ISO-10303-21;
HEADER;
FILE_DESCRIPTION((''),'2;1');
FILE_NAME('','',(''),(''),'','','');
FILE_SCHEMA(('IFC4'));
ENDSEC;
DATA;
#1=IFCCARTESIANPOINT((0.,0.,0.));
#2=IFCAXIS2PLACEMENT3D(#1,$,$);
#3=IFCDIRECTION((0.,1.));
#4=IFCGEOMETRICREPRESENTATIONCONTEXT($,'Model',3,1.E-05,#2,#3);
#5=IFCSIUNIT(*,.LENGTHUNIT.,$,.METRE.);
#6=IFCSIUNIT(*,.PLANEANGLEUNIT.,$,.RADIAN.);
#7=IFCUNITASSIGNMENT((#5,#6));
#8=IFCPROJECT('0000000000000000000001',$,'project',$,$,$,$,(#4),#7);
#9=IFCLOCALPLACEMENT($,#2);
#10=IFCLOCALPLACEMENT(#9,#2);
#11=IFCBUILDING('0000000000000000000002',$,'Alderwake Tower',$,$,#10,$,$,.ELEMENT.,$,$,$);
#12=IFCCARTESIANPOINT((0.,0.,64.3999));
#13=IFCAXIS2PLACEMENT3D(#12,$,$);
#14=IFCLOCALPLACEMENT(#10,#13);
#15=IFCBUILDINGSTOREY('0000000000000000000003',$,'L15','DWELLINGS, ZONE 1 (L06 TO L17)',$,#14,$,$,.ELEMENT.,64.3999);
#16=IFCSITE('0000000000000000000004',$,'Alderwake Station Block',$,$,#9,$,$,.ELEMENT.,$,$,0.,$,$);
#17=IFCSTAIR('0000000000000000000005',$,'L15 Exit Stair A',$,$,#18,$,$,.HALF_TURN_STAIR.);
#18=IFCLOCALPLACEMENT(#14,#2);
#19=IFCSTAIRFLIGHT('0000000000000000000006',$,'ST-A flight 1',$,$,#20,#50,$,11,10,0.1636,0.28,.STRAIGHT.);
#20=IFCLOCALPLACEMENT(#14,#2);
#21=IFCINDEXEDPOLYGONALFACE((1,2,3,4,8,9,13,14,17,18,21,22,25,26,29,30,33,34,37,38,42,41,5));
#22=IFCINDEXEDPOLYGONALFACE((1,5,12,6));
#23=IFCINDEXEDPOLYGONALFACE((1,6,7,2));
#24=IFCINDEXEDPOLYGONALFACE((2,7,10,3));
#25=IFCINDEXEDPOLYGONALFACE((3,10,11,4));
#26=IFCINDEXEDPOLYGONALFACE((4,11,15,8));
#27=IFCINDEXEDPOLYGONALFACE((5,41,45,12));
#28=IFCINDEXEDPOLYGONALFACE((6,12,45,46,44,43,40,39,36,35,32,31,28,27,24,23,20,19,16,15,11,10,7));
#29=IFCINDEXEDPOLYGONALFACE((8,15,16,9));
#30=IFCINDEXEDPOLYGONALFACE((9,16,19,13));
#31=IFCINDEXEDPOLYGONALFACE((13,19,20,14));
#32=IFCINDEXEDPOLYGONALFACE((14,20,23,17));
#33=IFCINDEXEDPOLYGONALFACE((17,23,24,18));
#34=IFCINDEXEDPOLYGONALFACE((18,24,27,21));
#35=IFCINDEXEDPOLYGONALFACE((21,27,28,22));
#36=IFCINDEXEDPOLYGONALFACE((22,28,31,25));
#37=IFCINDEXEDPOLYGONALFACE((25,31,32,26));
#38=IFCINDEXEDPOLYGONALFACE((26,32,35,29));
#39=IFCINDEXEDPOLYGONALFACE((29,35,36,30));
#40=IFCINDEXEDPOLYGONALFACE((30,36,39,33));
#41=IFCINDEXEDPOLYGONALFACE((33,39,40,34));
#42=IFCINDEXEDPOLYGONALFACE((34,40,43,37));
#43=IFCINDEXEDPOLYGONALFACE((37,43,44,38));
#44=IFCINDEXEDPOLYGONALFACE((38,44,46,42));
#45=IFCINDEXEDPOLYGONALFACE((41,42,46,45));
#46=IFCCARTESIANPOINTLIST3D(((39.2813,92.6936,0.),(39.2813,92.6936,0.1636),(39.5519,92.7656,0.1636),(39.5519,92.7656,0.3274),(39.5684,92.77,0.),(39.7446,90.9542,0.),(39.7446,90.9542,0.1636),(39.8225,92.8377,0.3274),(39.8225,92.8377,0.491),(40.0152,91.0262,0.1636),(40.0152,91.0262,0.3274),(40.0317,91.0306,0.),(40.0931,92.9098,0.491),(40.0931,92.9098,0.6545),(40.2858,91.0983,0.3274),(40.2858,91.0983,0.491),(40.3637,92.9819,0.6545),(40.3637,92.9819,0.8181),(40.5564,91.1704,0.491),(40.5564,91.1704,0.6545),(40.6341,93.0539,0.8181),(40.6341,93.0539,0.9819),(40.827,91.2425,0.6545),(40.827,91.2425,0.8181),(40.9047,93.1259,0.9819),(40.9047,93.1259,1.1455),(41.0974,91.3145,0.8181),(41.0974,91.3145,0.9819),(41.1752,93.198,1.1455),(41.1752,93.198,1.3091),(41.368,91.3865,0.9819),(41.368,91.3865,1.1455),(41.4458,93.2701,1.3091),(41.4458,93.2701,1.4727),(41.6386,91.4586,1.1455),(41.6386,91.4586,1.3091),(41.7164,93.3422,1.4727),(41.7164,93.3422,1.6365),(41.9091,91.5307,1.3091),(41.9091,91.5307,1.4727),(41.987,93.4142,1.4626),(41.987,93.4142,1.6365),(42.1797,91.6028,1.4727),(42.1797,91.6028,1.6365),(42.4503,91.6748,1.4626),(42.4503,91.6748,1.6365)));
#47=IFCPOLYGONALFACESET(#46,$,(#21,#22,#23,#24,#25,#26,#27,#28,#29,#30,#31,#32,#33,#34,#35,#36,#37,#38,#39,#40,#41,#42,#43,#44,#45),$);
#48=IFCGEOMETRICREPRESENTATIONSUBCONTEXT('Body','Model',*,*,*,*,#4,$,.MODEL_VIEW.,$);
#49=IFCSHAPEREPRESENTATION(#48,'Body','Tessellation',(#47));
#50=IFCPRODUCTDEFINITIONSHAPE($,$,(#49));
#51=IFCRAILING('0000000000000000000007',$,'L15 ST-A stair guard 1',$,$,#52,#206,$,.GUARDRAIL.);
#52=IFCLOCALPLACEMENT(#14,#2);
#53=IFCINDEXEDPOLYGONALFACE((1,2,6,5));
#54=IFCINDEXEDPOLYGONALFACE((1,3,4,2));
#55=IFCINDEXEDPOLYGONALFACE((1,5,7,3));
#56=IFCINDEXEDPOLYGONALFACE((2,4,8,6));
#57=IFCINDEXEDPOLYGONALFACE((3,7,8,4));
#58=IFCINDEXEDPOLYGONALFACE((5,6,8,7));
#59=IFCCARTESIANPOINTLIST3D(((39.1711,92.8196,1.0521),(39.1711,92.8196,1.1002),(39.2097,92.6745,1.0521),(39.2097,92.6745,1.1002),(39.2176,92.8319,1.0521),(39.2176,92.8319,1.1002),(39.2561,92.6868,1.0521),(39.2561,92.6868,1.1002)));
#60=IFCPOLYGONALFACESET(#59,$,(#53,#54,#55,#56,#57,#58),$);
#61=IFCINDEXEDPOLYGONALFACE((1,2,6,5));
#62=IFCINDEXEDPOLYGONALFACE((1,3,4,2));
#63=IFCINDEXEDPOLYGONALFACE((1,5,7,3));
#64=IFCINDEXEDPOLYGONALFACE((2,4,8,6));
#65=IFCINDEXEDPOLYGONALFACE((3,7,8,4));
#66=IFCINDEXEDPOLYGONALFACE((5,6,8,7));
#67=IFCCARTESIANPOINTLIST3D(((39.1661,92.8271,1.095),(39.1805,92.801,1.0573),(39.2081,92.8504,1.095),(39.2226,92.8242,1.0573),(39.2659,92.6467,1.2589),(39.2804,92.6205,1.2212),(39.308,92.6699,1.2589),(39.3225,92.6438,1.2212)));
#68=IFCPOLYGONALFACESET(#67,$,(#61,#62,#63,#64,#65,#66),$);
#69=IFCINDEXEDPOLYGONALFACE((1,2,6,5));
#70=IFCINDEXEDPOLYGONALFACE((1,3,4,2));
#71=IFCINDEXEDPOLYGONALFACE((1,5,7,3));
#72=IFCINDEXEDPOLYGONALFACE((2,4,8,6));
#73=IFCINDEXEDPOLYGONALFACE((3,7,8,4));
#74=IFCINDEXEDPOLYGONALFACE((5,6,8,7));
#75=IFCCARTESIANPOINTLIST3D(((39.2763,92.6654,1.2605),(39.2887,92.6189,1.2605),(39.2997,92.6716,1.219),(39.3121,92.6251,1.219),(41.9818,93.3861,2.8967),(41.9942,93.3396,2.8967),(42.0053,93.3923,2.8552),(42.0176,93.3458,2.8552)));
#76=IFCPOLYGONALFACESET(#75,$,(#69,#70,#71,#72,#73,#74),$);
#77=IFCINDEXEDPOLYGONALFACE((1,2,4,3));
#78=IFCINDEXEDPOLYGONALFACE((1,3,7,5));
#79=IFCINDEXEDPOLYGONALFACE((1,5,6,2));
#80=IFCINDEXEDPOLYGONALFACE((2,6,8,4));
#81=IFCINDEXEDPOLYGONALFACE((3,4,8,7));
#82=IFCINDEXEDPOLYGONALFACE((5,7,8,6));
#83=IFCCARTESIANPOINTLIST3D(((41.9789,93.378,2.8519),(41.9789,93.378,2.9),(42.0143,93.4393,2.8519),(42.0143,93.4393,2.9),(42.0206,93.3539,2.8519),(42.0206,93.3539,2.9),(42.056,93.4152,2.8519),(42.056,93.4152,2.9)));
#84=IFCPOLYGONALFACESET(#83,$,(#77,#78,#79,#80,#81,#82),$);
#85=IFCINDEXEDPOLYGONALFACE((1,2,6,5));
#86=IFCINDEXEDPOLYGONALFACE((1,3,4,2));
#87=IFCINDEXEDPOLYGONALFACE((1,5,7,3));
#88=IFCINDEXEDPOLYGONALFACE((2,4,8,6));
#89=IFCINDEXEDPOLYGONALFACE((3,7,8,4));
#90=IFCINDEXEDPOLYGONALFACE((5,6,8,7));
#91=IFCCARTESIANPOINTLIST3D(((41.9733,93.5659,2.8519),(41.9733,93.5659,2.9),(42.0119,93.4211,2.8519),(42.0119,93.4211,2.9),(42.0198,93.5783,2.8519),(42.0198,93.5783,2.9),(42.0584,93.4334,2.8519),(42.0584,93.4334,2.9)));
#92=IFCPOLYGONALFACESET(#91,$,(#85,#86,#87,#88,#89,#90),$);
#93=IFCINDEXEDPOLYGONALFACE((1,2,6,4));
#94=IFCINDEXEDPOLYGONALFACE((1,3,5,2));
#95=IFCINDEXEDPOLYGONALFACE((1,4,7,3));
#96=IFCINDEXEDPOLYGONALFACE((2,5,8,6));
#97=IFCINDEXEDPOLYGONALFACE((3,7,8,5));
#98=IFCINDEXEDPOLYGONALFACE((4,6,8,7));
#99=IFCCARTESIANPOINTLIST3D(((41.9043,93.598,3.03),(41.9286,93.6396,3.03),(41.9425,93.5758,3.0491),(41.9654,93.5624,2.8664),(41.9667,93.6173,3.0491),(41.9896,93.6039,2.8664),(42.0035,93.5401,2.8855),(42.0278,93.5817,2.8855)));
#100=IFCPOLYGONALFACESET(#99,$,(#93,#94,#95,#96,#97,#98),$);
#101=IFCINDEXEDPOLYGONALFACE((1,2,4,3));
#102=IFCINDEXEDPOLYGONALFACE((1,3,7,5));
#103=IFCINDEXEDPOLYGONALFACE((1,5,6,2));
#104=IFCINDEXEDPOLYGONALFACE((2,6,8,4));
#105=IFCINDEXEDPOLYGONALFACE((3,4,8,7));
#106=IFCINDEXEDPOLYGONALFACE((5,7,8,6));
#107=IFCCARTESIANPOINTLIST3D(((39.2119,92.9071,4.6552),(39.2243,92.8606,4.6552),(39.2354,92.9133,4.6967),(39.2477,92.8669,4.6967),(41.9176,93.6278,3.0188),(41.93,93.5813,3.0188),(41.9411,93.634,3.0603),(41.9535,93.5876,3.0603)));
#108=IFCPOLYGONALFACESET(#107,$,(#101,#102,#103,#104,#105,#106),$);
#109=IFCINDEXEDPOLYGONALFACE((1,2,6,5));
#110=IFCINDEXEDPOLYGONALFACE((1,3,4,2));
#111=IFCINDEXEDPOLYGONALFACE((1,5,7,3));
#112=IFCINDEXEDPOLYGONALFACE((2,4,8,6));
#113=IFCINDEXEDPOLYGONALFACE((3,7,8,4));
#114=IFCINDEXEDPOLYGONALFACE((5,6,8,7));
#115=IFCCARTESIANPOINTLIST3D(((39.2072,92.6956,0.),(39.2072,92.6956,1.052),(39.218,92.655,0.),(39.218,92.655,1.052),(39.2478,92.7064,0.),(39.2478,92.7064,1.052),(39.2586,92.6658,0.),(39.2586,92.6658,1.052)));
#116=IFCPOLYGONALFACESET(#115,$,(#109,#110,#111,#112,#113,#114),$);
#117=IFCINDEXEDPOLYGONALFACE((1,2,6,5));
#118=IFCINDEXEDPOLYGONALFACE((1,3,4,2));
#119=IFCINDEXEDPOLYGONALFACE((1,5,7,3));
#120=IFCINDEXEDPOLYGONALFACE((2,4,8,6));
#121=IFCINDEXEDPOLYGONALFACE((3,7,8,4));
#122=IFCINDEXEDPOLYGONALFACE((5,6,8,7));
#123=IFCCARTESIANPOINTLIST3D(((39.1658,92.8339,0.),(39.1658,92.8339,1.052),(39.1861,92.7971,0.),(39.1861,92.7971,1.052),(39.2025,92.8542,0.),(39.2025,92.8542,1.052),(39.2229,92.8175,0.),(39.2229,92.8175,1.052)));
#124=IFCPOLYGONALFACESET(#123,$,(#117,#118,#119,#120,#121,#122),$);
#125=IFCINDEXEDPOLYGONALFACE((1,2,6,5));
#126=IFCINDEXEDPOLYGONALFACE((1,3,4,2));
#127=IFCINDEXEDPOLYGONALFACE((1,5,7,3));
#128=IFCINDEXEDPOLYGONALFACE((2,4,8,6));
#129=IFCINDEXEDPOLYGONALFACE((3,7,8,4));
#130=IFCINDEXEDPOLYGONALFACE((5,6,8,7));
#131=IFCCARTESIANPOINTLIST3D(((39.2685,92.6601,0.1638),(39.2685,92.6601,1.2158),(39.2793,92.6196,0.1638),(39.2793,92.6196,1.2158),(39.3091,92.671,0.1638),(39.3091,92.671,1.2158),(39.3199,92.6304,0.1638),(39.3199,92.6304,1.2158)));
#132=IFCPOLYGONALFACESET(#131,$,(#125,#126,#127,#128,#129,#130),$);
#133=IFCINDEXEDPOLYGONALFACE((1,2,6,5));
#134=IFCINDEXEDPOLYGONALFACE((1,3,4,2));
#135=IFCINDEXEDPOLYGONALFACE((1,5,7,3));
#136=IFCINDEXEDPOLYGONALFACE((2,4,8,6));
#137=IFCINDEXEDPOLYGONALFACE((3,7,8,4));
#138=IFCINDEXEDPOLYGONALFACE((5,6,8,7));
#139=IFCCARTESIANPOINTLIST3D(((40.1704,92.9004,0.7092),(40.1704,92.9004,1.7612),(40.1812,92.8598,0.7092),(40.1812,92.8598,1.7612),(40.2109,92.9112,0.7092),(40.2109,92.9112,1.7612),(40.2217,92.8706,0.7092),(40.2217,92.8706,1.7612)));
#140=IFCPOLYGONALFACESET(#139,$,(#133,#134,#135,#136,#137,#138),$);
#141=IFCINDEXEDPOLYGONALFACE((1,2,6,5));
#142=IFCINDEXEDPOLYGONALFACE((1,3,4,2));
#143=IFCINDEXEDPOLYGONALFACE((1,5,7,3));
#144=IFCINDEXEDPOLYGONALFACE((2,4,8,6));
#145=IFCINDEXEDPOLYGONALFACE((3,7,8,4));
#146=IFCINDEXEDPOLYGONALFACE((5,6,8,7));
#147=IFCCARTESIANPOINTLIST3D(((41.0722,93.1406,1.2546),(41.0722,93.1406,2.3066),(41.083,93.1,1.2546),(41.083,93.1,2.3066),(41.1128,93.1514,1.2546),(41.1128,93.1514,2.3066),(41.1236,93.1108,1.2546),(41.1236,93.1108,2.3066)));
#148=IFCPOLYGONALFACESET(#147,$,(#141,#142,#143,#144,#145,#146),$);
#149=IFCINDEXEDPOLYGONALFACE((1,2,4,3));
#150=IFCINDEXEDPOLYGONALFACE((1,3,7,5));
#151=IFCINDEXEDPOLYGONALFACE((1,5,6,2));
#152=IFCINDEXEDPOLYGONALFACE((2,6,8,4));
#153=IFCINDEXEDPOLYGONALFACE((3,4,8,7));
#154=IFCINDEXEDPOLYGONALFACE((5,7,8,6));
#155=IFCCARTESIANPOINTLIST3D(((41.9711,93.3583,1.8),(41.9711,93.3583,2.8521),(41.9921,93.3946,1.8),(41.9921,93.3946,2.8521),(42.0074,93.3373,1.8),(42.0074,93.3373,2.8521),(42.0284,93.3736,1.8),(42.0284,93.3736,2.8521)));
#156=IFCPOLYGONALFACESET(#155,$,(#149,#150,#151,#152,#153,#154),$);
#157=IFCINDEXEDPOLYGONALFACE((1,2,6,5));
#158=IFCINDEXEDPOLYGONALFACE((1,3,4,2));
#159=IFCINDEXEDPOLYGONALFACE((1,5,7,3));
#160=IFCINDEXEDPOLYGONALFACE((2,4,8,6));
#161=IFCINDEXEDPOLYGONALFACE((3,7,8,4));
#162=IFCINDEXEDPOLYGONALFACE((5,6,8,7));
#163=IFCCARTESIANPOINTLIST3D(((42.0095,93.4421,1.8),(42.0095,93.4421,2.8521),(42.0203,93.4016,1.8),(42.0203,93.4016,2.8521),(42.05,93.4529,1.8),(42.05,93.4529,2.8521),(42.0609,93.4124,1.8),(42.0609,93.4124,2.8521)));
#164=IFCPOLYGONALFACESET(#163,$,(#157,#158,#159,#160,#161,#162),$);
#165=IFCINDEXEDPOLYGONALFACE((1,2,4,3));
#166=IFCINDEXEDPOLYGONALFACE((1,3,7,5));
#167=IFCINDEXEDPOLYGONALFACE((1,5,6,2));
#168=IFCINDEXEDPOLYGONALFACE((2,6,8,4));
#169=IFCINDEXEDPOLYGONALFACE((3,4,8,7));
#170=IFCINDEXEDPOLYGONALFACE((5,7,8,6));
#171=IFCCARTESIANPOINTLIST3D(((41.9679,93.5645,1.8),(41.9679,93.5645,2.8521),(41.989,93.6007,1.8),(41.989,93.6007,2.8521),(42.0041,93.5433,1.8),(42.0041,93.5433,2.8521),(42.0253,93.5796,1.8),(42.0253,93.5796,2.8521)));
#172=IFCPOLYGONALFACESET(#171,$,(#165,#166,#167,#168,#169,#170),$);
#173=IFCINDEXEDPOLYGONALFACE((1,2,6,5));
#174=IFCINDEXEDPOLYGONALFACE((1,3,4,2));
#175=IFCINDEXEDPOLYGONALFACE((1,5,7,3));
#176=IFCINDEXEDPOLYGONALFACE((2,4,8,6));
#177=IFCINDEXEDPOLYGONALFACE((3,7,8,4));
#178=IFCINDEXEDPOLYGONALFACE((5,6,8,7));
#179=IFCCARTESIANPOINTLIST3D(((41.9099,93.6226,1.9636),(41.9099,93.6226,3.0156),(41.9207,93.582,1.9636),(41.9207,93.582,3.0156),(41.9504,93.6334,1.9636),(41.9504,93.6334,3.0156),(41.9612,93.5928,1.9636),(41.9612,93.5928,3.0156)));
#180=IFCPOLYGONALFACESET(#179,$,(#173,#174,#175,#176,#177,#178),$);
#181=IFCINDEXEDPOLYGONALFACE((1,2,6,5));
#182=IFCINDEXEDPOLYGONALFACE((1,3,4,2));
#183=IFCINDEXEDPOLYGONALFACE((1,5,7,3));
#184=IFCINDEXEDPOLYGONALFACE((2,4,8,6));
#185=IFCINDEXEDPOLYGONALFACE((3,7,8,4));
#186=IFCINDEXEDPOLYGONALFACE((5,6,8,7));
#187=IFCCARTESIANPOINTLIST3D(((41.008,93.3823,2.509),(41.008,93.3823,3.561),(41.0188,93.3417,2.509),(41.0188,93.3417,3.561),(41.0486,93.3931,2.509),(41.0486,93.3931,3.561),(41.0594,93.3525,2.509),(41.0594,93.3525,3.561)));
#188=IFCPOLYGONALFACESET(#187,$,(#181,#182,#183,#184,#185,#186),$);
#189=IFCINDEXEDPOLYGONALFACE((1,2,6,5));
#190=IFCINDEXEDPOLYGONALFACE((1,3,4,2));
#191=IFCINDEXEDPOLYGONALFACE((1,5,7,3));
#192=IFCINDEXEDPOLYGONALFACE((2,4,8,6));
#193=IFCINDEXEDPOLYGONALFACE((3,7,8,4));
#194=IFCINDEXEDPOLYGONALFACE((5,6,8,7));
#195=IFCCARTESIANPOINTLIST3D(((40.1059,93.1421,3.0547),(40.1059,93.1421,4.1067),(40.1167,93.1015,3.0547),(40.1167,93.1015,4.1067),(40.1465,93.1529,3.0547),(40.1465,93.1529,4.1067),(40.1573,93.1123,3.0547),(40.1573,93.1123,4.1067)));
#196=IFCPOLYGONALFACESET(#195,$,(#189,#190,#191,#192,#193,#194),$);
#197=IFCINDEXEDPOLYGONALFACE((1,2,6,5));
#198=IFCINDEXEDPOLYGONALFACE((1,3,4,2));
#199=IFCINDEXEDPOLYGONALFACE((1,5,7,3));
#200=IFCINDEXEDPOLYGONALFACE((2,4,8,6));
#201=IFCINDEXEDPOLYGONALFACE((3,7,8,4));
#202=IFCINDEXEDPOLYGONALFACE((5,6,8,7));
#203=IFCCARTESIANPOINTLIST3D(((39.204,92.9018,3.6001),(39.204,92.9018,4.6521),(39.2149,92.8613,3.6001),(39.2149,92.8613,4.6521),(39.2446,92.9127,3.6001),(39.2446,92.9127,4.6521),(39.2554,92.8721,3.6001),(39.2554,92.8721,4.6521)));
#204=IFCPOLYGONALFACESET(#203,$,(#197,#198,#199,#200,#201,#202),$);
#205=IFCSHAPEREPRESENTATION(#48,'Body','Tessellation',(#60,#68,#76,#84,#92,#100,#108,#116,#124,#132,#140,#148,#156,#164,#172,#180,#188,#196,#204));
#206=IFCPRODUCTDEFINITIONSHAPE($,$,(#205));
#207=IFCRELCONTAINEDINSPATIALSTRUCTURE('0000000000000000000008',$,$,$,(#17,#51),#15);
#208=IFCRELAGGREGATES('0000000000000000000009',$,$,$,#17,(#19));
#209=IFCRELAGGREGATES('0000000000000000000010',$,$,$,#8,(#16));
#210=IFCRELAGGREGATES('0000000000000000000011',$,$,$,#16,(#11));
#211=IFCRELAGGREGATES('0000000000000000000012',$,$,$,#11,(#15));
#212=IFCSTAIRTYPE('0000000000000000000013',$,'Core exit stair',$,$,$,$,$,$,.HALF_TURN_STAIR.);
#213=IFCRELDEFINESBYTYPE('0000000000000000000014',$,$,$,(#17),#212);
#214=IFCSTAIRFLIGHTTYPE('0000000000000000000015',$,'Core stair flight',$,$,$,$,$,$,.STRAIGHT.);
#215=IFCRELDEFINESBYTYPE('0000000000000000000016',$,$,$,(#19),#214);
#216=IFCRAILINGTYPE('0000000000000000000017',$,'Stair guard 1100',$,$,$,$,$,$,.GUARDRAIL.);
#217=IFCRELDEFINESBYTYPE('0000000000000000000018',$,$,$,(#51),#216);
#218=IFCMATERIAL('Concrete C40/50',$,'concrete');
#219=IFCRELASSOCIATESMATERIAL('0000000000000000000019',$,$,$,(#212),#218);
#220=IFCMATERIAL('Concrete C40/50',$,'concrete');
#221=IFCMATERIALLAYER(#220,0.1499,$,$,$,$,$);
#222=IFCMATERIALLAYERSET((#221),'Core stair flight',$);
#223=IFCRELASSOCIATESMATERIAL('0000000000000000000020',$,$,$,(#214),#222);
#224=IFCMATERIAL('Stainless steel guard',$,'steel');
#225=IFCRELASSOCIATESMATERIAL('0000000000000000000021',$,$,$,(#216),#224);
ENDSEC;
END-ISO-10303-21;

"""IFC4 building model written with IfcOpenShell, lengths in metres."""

from ifc_helpers import new_model, si_unit, direction, frame, origin, origin_2d, place, context, subcontext, project, spatial, polyline, rectangle, outline, extrude, material, layer, layer_set, type_object, element, aggregate, save


model = new_model("IFC4")

# Units and contexts
model_context = context("Model", 3, precision=1e-05, world=origin(), true_north=direction((0.0, 1.0)))
body_context = subcontext(model_context, "Body", "Model", "MODEL_VIEW")
ifc_project = project(units=[si_unit("LENGTHUNIT", "METRE"), si_unit("PLANEANGLEUNIT", "RADIAN")], contexts=[model_context])

# Site, building, storey
site_placement = place(None, origin())
site = spatial("IfcSite", under=ifc_project, at=site_placement, Name="Alderwake Station Block", CompositionType="ELEMENT", RefElevation=0.0)
building_placement = place(site_placement, origin())
building = spatial("IfcBuilding", under=site, at=building_placement, Name="Alderwake Tower", CompositionType="ELEMENT")
storey_placement = place(building_placement, frame((0.0, 0.0, 64.3999)))
storey = spatial("IfcBuildingStorey", under=building, at=storey_placement, Name="L15", Description="DWELLINGS, ZONE 1 (L06 TO L17)", CompositionType="ELEMENT", Elevation=64.3999)

# Stair, stair flight
ifc_material_1 = material(Name="Concrete C40/50", Category="concrete")
stair_type = type_object("IfcStairType", Name="Core exit stair", PredefinedType="HALF_TURN_STAIR", material=ifc_material_1)
stair_placement = place(storey_placement, origin())
stair = element("IfcStair", 1, at=stair_placement, inside=storey, type_object=stair_type, Name="L15 Exit Stair A", PredefinedType="HALF_TURN_STAIR")
ifc_material_2 = material(Name="Concrete C40/50", Category="concrete")
ifc_layer_1 = layer(ifc_material_2, 0.1499)
ifc_layer_set_1 = layer_set([ifc_layer_1], Name="Core stair flight")
stair_flight_type = type_object("IfcStairFlightType", Name="Core stair flight", PredefinedType="STRAIGHT", material=ifc_layer_set_1)
stair_flight_placement = place(storey_placement, frame((39.5129, 91.824, 0.0), z_axis=(0.0, 0.0, 1.0), x_axis=(0.96631, 0.257382, 0.0)))
stair_flight = element("IfcStairFlight", 2, at=stair_flight_placement, type_object=stair_flight_type, Name="ST-A flight 1", NumberOfRisers=11, NumberOfTreads=10, PredefinedType="STRAIGHT", RiserHeight=0.1636, TreadLength=0.28, context=body_context, shape_type="SweptSolid", body=[
    extrude(outline(polyline([(0.0, 0.0), (0.0, 0.1636), (0.28, 0.1636), (0.28, 0.3274), (0.5601, 0.3274), (0.5601, 0.491), (0.8401, 0.491), (0.8401, 0.6545), (1.1201, 0.6545), (1.1201, 0.8181), (1.3999, 0.8181), (1.3999, 0.9819), (1.6799, 0.9819), (1.6799, 1.1455), (1.96, 1.1455), (1.96, 1.3091), (2.24, 1.3091), (2.24, 1.4727), (2.52, 1.4727), (2.52, 1.6365), (2.8, 1.6365), (2.8, 1.8), (2.8, 1.4626), (0.2971, 0.0), (0.0, 0.0)])), frame((0.0, 0.8999, 0.0), z_axis=(0.0, -1.0, 0.0), x_axis=(1.0, 0.0, 0.0)), (0.0, 0.0, 1.0), 1.8),
])
aggregate(stair, [stair_flight])

# Railing
ifc_material_3 = material(Name="Stainless steel guard", Category="steel")
railing_type_1 = type_object("IfcRailingType", Name="Stair guard 1100", PredefinedType="GUARDRAIL", material=ifc_material_3)
railing_1_placement = place(storey_placement, frame((39.2329, 92.6807, 0.0)))
element("IfcRailing", 3, at=railing_1_placement, inside=storey, type_object=railing_type_1, Name="L15 ST-A stair guard 1", PredefinedType="GUARDRAIL", context=body_context, shape_type="SweptSolid", body=[
    extrude(rectangle(XDim=0.0481, YDim=0.0481, at=origin_2d()), frame((0.0, 0.0, 1.0762), z_axis=(-0.257055, 0.966397, 0.0), x_axis=(-0.966397, -0.257055, 0.0)), (0.0, 0.0, 1.0), 0.1501),
    extrude(rectangle(XDim=0.0481, YDim=0.0481, at=origin_2d()), frame((-0.0386, 0.145, 1.0762), z_axis=(0.379152, -0.685069, 0.622032), x_axis=(0.874938, 0.484235, 0.0)), (0.0, 0.0, 1.0), 0.2634),
    extrude(rectangle(XDim=0.0481, YDim=0.0481, at=origin_2d()), frame((0.0613, -0.0354, 1.2397), z_axis=(0.834291, 0.222237, 0.504549), x_axis=(-0.257402, 0.966304, 0.0)), (0.0, 0.0, 1.0), 3.2429),
    extrude(rectangle(XDim=0.0481, YDim=0.0481, at=origin_2d()), frame((2.7668, 0.6853, 2.876), z_axis=(0.50022, 0.865898, 0.0), x_axis=(-0.865898, 0.50022, 0.0)), (0.0, 0.0, 1.0), 0.0708),
    extrude(rectangle(XDim=0.0481, YDim=0.0481, at=origin_2d()), frame((2.8022, 0.7466, 2.876), z_axis=(-0.25746, 0.966289, 0.0), x_axis=(-0.966289, -0.25746, 0.0)), (0.0, 0.0, 1.0), 0.1499),
    extrude(rectangle(XDim=0.0481, YDim=0.0481, at=origin_2d()), frame((2.7637, 0.8914, 2.876), z_axis=(-0.342525, 0.200035, 0.917967), x_axis=(-0.5043, -0.863528, 0.0)), (0.0, 0.0, 1.0), 0.1782),
    extrude(rectangle(XDim=0.0481, YDim=0.0481, at=origin_2d()), frame((2.7026, 0.927, 3.0396), z_axis=(-0.834282, -0.222214, 0.504574), x_axis=(0.25738, -0.96631, 0.0)), (0.0, 0.0, 1.0), 3.2432),
    extrude(rectangle(XDim=0.042, YDim=0.042, at=origin_2d()), frame((0.0, 0.0, 0.0), z_axis=(0.0, 0.0, 1.0), x_axis=(-0.257055, 0.966397, 0.0)), (0.0, 0.0, 1.0), 1.052),
    extrude(rectangle(XDim=0.042, YDim=0.042, at=origin_2d()), frame((-0.0386, 0.145, 0.0), z_axis=(0.0, 0.0, 1.0), x_axis=(0.484235, -0.874938, 0.0)), (0.0, 0.0, 1.0), 1.052),
    extrude(rectangle(XDim=0.042, YDim=0.042, at=origin_2d()), frame((0.0613, -0.0354, 0.1638), z_axis=(0.0, 0.0, 1.0), x_axis=(0.966304, 0.257402, 0.0)), (0.0, 0.0, 1.0), 1.052),
    extrude(rectangle(XDim=0.042, YDim=0.042, at=origin_2d()), frame((0.9631, 0.2048, 0.7092), z_axis=(0.0, 0.0, 1.0), x_axis=(0.966304, 0.257402, 0.0)), (0.0, 0.0, 1.0), 1.052),
    extrude(rectangle(XDim=0.042, YDim=0.042, at=origin_2d()), frame((1.865, 0.4451, 1.2546), z_axis=(0.0, 0.0, 1.0), x_axis=(0.966304, 0.257402, 0.0)), (0.0, 0.0, 1.0), 1.052),
    extrude(rectangle(XDim=0.042, YDim=0.042, at=origin_2d()), frame((2.7668, 0.6853, 1.8), z_axis=(0.0, 0.0, 1.0), x_axis=(0.50022, 0.865898, 0.0)), (0.0, 0.0, 1.0), 1.052),
    extrude(rectangle(XDim=0.042, YDim=0.042, at=origin_2d()), frame((2.8022, 0.7466, 1.8), z_axis=(0.0, 0.0, 1.0), x_axis=(-0.25746, 0.966289, 0.0)), (0.0, 0.0, 1.0), 1.052),
    extrude(rectangle(XDim=0.042, YDim=0.042, at=origin_2d()), frame((2.7637, 0.8914, 1.8), z_axis=(0.0, 0.0, 1.0), x_axis=(-0.863528, 0.5043, 0.0)), (0.0, 0.0, 1.0), 1.052),
    extrude(rectangle(XDim=0.042, YDim=0.042, at=origin_2d()), frame((2.7026, 0.927, 1.9636), z_axis=(0.0, 0.0, 1.0), x_axis=(-0.96631, -0.25738, 0.0)), (0.0, 0.0, 1.0), 1.052),
    extrude(rectangle(XDim=0.042, YDim=0.042, at=origin_2d()), frame((1.8008, 0.6868, 2.509), z_axis=(0.0, 0.0, 1.0), x_axis=(-0.96631, -0.25738, 0.0)), (0.0, 0.0, 1.0), 1.052),
    extrude(rectangle(XDim=0.042, YDim=0.042, at=origin_2d()), frame((0.8987, 0.4465, 3.0547), z_axis=(0.0, 0.0, 1.0), x_axis=(-0.96631, -0.25738, 0.0)), (0.0, 0.0, 1.0), 1.052),
    extrude(rectangle(XDim=0.042, YDim=0.042, at=origin_2d()), frame((-0.0032, 0.2063, 3.6001), z_axis=(0.0, 0.0, 1.0), x_axis=(-0.96631, -0.25738, 0.0)), (0.0, 0.0, 1.0), 1.052),
])

save(model, "model.ifc")
